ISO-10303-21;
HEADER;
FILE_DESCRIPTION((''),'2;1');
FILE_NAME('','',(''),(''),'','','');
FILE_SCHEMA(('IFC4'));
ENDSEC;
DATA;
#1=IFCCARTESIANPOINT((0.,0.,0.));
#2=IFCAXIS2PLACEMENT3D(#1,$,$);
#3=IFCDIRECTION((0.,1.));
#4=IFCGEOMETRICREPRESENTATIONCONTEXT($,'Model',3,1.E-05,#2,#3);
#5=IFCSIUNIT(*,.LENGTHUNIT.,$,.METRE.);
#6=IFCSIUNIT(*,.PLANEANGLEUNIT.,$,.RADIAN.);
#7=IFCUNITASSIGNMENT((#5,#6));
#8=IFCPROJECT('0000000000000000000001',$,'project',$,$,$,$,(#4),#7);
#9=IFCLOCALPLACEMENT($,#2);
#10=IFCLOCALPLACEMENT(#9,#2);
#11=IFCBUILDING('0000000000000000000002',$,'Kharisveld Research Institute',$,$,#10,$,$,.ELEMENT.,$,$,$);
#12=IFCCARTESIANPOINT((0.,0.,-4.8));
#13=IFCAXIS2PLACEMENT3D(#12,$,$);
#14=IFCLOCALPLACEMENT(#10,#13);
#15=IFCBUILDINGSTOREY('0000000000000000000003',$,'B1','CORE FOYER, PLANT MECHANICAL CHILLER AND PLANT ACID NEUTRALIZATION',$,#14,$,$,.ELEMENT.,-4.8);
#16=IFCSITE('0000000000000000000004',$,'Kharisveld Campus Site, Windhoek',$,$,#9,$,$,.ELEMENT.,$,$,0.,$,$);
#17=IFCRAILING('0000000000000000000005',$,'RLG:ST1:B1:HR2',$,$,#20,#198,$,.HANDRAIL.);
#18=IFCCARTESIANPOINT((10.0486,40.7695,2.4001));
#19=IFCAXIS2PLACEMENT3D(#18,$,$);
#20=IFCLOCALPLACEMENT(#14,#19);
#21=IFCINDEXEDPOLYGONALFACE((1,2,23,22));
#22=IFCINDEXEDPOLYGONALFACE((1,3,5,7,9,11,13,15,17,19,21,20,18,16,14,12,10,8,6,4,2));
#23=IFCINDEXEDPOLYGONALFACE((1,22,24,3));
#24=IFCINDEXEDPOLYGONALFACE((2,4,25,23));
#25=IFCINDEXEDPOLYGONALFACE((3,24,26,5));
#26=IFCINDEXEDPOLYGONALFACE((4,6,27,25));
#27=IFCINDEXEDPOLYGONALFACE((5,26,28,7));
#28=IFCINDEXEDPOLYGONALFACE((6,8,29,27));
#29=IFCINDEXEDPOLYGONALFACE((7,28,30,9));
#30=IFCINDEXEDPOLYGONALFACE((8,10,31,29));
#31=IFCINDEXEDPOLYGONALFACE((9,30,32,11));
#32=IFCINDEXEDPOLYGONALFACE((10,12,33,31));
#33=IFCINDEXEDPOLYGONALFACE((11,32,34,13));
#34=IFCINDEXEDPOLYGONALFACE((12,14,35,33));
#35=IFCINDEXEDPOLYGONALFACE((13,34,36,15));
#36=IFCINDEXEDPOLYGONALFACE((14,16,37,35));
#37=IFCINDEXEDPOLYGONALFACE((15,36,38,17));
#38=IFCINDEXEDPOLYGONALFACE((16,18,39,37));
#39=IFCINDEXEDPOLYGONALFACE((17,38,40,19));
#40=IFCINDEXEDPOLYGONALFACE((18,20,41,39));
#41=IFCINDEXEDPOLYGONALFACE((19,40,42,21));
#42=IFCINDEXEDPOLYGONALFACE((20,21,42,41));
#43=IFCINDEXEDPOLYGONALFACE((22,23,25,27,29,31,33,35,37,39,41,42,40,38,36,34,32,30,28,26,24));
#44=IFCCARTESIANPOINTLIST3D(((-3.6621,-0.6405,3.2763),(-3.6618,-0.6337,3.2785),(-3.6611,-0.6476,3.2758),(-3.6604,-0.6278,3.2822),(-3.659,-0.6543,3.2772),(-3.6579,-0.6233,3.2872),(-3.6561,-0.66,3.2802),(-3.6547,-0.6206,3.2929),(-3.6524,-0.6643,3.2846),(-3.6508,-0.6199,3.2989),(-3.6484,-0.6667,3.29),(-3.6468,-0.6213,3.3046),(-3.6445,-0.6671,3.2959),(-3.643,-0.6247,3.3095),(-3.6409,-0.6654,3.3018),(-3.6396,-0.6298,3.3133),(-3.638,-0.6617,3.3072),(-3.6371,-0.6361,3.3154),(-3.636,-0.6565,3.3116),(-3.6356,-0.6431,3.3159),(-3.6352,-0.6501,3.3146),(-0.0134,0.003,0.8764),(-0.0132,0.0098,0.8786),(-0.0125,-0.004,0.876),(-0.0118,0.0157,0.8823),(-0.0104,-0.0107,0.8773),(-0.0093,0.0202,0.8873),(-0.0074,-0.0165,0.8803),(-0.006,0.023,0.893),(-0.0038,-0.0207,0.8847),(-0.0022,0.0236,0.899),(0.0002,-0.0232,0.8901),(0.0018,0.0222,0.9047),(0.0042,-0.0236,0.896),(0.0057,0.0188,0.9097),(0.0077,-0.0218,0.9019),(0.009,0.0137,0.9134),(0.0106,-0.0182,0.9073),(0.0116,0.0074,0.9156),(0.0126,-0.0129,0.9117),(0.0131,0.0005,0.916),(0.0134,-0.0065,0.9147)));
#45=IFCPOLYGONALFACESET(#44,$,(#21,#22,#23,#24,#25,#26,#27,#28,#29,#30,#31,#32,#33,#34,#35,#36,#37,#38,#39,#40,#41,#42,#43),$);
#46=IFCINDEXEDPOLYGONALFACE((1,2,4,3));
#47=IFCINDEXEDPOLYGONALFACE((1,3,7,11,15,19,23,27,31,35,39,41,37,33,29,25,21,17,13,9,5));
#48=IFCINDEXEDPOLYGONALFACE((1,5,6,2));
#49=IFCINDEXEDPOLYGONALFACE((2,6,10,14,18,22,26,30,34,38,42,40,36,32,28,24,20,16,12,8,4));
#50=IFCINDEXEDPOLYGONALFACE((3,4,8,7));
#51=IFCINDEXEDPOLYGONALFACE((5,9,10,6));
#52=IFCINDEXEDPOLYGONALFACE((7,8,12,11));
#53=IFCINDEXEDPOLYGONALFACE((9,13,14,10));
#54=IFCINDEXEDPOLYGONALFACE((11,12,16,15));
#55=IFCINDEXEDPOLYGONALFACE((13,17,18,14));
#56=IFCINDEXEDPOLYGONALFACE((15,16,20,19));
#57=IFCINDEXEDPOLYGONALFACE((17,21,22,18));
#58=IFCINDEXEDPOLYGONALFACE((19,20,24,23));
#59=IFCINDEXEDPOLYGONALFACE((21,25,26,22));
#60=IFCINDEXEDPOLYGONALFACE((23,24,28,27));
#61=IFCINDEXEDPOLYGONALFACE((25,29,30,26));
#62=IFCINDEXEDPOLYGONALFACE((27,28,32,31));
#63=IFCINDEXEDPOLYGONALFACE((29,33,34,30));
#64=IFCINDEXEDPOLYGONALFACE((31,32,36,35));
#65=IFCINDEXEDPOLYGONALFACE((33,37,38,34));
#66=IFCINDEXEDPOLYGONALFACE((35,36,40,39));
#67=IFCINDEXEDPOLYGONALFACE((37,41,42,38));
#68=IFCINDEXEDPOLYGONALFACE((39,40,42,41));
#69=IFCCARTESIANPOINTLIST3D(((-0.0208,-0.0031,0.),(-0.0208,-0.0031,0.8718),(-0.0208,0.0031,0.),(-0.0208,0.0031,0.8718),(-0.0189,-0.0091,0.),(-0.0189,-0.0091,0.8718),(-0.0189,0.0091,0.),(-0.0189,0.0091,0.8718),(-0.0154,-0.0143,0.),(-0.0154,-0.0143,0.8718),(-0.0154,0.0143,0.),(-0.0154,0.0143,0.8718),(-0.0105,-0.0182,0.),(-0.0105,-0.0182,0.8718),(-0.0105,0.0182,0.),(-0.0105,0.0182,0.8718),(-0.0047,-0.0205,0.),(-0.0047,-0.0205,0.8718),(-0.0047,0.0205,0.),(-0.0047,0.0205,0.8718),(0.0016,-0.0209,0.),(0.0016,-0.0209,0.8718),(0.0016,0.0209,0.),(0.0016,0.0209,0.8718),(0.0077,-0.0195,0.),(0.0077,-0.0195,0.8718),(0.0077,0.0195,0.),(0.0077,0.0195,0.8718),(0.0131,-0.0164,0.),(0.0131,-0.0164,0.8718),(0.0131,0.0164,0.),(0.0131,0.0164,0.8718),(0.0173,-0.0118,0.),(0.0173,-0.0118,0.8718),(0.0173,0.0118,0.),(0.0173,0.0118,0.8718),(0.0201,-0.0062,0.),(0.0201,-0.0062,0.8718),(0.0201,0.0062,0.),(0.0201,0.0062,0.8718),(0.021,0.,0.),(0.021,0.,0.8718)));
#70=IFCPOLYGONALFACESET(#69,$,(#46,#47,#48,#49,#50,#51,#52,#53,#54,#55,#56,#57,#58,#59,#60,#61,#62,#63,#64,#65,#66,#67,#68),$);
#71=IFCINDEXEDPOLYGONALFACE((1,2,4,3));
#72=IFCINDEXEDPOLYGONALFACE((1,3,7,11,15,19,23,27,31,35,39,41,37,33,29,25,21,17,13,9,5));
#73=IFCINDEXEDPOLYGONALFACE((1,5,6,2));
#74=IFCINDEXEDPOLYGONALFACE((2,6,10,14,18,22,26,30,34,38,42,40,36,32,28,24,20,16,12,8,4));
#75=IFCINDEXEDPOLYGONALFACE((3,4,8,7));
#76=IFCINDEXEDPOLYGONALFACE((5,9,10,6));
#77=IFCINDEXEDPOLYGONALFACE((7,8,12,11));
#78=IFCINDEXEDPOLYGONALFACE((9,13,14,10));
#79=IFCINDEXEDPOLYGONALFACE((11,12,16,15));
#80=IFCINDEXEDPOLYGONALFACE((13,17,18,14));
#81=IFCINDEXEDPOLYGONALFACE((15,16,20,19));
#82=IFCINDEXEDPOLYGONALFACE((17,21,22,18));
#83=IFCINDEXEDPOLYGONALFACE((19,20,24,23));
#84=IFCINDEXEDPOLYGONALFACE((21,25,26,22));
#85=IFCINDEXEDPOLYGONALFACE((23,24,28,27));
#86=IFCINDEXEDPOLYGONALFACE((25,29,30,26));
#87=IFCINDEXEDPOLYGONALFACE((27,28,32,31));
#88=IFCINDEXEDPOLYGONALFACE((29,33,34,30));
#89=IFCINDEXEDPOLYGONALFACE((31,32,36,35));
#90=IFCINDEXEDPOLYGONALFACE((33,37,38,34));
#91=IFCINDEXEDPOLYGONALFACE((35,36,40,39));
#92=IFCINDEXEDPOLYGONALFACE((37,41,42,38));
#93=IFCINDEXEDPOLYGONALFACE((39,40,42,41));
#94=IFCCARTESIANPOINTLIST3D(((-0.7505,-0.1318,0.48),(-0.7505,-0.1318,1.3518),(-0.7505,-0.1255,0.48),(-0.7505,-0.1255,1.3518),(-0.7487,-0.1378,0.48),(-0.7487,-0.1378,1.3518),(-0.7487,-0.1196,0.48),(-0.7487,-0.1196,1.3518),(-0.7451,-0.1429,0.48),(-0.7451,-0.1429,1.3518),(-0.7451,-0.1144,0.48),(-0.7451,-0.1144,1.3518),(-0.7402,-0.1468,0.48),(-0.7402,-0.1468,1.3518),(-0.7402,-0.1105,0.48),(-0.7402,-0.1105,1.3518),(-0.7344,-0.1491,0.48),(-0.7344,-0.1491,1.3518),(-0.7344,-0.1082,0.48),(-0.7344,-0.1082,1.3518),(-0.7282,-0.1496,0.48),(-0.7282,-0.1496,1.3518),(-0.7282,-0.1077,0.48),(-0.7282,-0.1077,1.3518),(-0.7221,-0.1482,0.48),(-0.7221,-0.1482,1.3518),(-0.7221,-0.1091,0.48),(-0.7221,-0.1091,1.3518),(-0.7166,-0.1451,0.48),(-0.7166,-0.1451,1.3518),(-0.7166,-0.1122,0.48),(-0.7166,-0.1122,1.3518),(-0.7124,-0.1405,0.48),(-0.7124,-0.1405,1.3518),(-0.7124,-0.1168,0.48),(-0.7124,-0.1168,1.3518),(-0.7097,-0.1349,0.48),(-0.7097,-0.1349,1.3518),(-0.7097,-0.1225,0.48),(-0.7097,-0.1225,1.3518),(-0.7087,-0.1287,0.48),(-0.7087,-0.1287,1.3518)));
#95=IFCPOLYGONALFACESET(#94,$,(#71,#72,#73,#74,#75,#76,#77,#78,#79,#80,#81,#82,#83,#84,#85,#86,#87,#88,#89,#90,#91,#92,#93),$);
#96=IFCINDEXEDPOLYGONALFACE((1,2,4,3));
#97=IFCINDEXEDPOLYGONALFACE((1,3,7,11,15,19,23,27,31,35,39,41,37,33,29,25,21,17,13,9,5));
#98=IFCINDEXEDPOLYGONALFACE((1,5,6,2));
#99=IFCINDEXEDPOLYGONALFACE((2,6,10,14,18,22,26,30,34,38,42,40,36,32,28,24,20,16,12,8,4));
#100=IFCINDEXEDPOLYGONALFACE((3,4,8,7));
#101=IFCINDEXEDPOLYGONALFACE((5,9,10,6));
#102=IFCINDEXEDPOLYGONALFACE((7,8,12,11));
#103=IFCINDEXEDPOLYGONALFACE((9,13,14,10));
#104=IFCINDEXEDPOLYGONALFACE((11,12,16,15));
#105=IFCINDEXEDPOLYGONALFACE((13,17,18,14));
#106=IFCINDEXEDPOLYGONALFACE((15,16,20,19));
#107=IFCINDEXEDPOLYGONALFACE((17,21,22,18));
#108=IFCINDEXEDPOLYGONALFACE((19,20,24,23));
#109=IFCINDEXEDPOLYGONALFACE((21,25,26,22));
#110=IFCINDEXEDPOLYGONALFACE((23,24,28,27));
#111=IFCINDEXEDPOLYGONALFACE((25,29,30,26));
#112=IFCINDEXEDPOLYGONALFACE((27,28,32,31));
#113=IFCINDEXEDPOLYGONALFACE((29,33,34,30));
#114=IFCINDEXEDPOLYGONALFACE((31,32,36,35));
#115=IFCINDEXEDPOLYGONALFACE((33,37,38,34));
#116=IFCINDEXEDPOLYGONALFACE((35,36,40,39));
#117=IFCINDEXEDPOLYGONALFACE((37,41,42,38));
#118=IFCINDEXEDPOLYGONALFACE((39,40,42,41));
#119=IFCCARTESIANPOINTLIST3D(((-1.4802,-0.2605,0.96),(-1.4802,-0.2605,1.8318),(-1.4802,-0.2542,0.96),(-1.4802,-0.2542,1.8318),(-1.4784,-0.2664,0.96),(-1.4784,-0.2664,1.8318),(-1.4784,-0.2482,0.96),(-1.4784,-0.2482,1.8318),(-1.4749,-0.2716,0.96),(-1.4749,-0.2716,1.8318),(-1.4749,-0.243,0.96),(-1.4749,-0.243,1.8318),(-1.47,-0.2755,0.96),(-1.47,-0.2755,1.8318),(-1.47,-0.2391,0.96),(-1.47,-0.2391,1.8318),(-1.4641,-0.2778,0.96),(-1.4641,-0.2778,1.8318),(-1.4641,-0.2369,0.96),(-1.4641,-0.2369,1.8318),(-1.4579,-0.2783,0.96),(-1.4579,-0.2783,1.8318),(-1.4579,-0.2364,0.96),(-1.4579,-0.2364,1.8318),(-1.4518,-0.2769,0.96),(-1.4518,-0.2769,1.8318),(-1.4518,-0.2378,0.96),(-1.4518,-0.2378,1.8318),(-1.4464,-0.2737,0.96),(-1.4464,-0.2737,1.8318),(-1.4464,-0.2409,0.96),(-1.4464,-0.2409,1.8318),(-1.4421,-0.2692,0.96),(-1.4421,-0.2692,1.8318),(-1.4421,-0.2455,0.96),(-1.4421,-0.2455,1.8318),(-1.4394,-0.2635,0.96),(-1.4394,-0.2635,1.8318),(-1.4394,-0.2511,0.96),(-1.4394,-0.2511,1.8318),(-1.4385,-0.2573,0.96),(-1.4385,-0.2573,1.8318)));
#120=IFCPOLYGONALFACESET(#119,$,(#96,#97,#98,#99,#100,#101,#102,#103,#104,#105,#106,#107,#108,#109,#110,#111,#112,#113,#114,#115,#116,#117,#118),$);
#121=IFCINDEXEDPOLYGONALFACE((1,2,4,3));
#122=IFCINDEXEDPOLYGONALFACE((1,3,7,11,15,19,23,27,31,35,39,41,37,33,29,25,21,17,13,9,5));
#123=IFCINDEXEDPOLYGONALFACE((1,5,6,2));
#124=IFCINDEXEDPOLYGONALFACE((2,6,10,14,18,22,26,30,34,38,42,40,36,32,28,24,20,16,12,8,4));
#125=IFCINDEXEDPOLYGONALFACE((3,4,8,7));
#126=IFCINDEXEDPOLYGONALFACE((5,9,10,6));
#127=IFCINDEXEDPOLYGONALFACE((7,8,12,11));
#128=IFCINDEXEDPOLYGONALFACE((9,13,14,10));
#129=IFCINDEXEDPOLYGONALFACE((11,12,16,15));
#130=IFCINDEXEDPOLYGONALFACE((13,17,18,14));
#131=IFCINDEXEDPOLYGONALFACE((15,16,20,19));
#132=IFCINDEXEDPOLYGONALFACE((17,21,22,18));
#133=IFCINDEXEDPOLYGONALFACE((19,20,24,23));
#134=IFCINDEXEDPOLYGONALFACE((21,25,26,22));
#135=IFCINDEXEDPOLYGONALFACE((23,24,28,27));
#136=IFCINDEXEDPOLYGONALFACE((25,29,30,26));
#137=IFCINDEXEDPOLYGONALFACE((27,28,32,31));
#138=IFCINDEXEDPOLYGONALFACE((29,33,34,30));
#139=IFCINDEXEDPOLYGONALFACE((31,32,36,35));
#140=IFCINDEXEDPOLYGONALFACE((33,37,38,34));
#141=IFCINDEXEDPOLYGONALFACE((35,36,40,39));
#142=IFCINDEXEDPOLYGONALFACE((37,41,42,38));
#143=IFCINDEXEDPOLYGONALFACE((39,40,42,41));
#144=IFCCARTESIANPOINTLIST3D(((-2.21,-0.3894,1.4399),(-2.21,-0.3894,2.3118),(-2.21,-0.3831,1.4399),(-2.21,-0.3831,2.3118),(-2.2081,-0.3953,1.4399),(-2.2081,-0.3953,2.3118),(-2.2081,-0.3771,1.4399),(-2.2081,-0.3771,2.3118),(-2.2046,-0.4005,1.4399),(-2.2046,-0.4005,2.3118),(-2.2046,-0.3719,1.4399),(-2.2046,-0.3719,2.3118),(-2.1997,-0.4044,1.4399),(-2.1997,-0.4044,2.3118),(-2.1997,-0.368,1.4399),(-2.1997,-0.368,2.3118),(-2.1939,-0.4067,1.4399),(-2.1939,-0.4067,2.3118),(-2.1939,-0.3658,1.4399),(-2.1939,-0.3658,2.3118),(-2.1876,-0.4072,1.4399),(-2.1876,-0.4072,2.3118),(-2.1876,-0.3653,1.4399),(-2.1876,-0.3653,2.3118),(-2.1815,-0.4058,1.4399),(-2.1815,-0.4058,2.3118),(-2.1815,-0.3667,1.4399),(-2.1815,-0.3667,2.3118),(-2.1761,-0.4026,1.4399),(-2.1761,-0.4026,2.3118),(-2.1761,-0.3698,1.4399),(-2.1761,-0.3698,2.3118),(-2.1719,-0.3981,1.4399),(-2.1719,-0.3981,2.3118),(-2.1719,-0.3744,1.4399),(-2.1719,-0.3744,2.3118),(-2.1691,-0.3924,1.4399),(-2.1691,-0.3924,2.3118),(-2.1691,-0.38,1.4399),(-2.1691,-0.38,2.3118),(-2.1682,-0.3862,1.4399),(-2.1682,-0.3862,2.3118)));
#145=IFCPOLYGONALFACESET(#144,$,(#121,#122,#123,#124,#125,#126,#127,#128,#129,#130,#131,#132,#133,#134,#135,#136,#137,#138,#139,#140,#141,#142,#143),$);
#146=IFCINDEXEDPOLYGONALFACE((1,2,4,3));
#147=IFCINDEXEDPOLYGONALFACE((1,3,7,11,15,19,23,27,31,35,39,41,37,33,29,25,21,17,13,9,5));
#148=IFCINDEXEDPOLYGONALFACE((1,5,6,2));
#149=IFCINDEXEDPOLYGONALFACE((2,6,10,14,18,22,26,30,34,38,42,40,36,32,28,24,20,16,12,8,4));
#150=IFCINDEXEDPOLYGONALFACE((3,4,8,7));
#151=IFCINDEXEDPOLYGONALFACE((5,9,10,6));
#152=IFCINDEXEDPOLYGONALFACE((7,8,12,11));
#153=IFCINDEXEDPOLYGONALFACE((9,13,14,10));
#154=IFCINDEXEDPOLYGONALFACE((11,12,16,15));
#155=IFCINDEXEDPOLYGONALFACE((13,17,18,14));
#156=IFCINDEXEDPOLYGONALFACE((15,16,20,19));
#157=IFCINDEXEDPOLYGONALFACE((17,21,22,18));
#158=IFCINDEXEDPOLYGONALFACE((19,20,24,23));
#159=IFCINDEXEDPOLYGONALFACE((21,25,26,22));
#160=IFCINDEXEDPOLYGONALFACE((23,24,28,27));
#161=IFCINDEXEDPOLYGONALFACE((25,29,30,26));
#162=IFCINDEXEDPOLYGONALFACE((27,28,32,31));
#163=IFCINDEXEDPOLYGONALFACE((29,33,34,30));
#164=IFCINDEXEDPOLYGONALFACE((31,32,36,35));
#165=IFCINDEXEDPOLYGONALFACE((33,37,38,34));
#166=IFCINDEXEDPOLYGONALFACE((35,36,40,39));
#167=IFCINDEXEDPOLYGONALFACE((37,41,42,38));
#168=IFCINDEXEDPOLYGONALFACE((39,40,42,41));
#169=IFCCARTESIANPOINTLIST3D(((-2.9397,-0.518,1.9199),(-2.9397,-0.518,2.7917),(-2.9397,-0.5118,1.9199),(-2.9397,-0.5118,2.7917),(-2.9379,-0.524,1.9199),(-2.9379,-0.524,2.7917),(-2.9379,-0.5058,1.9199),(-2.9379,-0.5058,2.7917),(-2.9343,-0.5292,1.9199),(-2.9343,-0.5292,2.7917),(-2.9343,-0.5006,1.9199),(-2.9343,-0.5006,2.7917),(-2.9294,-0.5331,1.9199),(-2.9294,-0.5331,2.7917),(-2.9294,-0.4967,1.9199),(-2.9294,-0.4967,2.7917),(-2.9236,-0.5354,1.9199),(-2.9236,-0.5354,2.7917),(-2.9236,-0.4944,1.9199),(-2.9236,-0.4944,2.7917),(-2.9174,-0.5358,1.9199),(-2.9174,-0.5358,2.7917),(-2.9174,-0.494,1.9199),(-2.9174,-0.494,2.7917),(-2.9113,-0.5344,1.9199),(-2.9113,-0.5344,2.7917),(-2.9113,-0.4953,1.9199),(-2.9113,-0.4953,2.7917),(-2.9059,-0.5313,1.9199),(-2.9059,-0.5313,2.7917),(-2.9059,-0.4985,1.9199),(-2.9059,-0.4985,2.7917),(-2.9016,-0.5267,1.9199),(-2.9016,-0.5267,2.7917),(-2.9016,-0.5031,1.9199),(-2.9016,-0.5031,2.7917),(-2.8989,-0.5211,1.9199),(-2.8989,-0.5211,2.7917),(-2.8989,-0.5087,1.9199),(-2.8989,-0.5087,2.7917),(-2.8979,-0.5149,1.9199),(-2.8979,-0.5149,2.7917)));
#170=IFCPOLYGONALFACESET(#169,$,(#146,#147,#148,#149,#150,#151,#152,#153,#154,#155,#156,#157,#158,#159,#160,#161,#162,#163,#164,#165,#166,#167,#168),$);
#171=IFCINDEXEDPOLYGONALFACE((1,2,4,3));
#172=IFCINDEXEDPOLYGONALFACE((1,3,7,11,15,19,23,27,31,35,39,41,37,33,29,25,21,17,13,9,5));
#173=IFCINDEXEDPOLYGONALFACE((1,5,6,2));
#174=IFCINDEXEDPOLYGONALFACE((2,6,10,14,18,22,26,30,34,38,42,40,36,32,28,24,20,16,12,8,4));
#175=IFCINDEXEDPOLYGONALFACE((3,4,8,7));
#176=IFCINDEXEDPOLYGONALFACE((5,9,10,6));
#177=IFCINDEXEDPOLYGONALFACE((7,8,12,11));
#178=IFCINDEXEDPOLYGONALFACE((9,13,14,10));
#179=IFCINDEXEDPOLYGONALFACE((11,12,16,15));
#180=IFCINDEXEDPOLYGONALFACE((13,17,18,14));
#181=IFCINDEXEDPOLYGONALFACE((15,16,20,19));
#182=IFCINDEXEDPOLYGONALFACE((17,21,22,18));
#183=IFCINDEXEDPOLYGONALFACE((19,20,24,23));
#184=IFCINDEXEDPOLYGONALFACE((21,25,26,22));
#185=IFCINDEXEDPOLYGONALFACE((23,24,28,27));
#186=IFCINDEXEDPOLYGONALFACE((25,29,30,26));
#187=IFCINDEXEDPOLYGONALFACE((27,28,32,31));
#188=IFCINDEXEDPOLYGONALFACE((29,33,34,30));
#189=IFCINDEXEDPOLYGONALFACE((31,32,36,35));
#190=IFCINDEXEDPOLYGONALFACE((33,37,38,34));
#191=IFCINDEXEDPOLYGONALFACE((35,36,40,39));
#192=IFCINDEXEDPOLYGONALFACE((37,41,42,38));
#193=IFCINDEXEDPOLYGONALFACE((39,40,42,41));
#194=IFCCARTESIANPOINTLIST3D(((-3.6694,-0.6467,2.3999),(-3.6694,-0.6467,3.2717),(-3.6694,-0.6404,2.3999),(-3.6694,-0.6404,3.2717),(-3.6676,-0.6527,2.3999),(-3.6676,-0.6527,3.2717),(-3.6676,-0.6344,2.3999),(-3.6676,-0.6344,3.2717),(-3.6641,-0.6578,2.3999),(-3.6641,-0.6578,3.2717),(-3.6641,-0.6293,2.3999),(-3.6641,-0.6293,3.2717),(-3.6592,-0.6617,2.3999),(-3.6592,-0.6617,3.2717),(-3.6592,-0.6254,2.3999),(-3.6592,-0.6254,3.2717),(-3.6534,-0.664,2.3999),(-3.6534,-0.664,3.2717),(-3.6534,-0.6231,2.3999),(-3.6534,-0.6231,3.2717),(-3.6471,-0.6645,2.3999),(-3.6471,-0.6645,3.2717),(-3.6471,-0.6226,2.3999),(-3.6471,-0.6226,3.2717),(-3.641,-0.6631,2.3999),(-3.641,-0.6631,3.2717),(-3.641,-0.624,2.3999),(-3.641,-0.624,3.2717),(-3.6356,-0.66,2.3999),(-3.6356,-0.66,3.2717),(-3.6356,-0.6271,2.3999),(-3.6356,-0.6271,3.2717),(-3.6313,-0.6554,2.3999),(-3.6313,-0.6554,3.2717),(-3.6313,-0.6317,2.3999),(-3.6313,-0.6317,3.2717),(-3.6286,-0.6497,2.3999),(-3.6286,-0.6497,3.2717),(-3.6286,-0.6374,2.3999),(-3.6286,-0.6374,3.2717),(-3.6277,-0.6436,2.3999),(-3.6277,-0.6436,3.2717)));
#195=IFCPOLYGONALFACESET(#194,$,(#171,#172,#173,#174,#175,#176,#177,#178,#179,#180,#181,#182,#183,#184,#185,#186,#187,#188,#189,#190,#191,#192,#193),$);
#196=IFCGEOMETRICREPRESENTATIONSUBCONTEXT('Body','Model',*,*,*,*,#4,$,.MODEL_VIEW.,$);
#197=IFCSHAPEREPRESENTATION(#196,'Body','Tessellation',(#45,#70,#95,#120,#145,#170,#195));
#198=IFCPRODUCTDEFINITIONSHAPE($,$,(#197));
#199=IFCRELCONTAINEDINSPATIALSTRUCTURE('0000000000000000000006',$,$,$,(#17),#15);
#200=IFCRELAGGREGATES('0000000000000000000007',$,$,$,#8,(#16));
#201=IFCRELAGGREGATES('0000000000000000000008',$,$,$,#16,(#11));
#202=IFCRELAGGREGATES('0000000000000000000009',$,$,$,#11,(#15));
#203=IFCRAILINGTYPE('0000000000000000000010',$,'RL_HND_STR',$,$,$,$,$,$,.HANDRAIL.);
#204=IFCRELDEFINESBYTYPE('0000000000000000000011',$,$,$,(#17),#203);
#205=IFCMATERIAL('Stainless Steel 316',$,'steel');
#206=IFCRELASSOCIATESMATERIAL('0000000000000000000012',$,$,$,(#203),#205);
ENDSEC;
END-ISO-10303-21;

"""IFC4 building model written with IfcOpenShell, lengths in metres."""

from ifc_helpers import new_model, si_unit, direction, frame, origin, origin_2d, place, context, subcontext, project, spatial, circle, extrude, material, type_object, element, save


model = new_model("IFC4")

# Units and contexts
model_context = context("Model", 3, precision=1e-05, world=origin(), true_north=direction((0.0, 1.0)))
body_context = subcontext(model_context, "Body", "Model", "MODEL_VIEW")
ifc_project = project(units=[si_unit("LENGTHUNIT", "METRE"), si_unit("PLANEANGLEUNIT", "RADIAN")], contexts=[model_context])

# Site, building, storey
site_placement = place(None, origin())
site = spatial("IfcSite", under=ifc_project, at=site_placement, Name="Kharisveld Campus Site, Windhoek", CompositionType="ELEMENT", RefElevation=0.0)
building_placement = place(site_placement, origin())
building = spatial("IfcBuilding", under=site, at=building_placement, Name="Kharisveld Research Institute", CompositionType="ELEMENT")
storey_placement = place(building_placement, frame((0.0, 0.0, -4.8)))
storey = spatial("IfcBuildingStorey", under=building, at=storey_placement, Name="B1", Description="CORE FOYER, PLANT MECHANICAL CHILLER AND PLANT ACID NEUTRALIZATION", CompositionType="ELEMENT", Elevation=-4.8)

# Railing
ifc_material_1 = material(Name="Stainless Steel 316", Category="steel")
railing_type_1 = type_object("IfcRailingType", Name="RL_HND_STR", PredefinedType="HANDRAIL", material=ifc_material_1)
railing_1_placement = place(storey_placement, frame((10.0486, 40.7695, 2.4001)))
element("IfcRailing", 1, at=railing_1_placement, inside=storey, type_object=railing_type_1, Name="RLG:ST1:B1:HR2", PredefinedType="HANDRAIL", context=body_context, shape_type="SweptSolid", body=[
    extrude(circle(Radius=0.0239, at=origin_2d()), frame((0.0, 0.0, 0.896), z_axis=(-0.826548, -0.145787, 0.543658), x_axis=(0.173699, -0.984799, 0.0)), (0.0, 0.0, 1.0), 4.4143),
    extrude(circle(Radius=0.021, at=origin_2d()), origin(), (0.0, 0.0, 1.0), 0.8718),
    extrude(circle(Radius=0.021, at=origin_2d()), frame((-0.7297, -0.1287, 0.48)), (0.0, 0.0, 1.0), 0.8718),
    extrude(circle(Radius=0.021, at=origin_2d()), frame((-1.4595, -0.2573, 0.96)), (0.0, 0.0, 1.0), 0.8718),
    extrude(circle(Radius=0.021, at=origin_2d()), frame((-2.1892, -0.3862, 1.4399)), (0.0, 0.0, 1.0), 0.8718),
    extrude(circle(Radius=0.021, at=origin_2d()), frame((-2.9189, -0.5149, 1.9199)), (0.0, 0.0, 1.0), 0.8718),
    extrude(circle(Radius=0.021, at=origin_2d()), frame((-3.6487, -0.6436, 2.3999)), (0.0, 0.0, 1.0), 0.8718),
])

save(model, "model.ifc")
